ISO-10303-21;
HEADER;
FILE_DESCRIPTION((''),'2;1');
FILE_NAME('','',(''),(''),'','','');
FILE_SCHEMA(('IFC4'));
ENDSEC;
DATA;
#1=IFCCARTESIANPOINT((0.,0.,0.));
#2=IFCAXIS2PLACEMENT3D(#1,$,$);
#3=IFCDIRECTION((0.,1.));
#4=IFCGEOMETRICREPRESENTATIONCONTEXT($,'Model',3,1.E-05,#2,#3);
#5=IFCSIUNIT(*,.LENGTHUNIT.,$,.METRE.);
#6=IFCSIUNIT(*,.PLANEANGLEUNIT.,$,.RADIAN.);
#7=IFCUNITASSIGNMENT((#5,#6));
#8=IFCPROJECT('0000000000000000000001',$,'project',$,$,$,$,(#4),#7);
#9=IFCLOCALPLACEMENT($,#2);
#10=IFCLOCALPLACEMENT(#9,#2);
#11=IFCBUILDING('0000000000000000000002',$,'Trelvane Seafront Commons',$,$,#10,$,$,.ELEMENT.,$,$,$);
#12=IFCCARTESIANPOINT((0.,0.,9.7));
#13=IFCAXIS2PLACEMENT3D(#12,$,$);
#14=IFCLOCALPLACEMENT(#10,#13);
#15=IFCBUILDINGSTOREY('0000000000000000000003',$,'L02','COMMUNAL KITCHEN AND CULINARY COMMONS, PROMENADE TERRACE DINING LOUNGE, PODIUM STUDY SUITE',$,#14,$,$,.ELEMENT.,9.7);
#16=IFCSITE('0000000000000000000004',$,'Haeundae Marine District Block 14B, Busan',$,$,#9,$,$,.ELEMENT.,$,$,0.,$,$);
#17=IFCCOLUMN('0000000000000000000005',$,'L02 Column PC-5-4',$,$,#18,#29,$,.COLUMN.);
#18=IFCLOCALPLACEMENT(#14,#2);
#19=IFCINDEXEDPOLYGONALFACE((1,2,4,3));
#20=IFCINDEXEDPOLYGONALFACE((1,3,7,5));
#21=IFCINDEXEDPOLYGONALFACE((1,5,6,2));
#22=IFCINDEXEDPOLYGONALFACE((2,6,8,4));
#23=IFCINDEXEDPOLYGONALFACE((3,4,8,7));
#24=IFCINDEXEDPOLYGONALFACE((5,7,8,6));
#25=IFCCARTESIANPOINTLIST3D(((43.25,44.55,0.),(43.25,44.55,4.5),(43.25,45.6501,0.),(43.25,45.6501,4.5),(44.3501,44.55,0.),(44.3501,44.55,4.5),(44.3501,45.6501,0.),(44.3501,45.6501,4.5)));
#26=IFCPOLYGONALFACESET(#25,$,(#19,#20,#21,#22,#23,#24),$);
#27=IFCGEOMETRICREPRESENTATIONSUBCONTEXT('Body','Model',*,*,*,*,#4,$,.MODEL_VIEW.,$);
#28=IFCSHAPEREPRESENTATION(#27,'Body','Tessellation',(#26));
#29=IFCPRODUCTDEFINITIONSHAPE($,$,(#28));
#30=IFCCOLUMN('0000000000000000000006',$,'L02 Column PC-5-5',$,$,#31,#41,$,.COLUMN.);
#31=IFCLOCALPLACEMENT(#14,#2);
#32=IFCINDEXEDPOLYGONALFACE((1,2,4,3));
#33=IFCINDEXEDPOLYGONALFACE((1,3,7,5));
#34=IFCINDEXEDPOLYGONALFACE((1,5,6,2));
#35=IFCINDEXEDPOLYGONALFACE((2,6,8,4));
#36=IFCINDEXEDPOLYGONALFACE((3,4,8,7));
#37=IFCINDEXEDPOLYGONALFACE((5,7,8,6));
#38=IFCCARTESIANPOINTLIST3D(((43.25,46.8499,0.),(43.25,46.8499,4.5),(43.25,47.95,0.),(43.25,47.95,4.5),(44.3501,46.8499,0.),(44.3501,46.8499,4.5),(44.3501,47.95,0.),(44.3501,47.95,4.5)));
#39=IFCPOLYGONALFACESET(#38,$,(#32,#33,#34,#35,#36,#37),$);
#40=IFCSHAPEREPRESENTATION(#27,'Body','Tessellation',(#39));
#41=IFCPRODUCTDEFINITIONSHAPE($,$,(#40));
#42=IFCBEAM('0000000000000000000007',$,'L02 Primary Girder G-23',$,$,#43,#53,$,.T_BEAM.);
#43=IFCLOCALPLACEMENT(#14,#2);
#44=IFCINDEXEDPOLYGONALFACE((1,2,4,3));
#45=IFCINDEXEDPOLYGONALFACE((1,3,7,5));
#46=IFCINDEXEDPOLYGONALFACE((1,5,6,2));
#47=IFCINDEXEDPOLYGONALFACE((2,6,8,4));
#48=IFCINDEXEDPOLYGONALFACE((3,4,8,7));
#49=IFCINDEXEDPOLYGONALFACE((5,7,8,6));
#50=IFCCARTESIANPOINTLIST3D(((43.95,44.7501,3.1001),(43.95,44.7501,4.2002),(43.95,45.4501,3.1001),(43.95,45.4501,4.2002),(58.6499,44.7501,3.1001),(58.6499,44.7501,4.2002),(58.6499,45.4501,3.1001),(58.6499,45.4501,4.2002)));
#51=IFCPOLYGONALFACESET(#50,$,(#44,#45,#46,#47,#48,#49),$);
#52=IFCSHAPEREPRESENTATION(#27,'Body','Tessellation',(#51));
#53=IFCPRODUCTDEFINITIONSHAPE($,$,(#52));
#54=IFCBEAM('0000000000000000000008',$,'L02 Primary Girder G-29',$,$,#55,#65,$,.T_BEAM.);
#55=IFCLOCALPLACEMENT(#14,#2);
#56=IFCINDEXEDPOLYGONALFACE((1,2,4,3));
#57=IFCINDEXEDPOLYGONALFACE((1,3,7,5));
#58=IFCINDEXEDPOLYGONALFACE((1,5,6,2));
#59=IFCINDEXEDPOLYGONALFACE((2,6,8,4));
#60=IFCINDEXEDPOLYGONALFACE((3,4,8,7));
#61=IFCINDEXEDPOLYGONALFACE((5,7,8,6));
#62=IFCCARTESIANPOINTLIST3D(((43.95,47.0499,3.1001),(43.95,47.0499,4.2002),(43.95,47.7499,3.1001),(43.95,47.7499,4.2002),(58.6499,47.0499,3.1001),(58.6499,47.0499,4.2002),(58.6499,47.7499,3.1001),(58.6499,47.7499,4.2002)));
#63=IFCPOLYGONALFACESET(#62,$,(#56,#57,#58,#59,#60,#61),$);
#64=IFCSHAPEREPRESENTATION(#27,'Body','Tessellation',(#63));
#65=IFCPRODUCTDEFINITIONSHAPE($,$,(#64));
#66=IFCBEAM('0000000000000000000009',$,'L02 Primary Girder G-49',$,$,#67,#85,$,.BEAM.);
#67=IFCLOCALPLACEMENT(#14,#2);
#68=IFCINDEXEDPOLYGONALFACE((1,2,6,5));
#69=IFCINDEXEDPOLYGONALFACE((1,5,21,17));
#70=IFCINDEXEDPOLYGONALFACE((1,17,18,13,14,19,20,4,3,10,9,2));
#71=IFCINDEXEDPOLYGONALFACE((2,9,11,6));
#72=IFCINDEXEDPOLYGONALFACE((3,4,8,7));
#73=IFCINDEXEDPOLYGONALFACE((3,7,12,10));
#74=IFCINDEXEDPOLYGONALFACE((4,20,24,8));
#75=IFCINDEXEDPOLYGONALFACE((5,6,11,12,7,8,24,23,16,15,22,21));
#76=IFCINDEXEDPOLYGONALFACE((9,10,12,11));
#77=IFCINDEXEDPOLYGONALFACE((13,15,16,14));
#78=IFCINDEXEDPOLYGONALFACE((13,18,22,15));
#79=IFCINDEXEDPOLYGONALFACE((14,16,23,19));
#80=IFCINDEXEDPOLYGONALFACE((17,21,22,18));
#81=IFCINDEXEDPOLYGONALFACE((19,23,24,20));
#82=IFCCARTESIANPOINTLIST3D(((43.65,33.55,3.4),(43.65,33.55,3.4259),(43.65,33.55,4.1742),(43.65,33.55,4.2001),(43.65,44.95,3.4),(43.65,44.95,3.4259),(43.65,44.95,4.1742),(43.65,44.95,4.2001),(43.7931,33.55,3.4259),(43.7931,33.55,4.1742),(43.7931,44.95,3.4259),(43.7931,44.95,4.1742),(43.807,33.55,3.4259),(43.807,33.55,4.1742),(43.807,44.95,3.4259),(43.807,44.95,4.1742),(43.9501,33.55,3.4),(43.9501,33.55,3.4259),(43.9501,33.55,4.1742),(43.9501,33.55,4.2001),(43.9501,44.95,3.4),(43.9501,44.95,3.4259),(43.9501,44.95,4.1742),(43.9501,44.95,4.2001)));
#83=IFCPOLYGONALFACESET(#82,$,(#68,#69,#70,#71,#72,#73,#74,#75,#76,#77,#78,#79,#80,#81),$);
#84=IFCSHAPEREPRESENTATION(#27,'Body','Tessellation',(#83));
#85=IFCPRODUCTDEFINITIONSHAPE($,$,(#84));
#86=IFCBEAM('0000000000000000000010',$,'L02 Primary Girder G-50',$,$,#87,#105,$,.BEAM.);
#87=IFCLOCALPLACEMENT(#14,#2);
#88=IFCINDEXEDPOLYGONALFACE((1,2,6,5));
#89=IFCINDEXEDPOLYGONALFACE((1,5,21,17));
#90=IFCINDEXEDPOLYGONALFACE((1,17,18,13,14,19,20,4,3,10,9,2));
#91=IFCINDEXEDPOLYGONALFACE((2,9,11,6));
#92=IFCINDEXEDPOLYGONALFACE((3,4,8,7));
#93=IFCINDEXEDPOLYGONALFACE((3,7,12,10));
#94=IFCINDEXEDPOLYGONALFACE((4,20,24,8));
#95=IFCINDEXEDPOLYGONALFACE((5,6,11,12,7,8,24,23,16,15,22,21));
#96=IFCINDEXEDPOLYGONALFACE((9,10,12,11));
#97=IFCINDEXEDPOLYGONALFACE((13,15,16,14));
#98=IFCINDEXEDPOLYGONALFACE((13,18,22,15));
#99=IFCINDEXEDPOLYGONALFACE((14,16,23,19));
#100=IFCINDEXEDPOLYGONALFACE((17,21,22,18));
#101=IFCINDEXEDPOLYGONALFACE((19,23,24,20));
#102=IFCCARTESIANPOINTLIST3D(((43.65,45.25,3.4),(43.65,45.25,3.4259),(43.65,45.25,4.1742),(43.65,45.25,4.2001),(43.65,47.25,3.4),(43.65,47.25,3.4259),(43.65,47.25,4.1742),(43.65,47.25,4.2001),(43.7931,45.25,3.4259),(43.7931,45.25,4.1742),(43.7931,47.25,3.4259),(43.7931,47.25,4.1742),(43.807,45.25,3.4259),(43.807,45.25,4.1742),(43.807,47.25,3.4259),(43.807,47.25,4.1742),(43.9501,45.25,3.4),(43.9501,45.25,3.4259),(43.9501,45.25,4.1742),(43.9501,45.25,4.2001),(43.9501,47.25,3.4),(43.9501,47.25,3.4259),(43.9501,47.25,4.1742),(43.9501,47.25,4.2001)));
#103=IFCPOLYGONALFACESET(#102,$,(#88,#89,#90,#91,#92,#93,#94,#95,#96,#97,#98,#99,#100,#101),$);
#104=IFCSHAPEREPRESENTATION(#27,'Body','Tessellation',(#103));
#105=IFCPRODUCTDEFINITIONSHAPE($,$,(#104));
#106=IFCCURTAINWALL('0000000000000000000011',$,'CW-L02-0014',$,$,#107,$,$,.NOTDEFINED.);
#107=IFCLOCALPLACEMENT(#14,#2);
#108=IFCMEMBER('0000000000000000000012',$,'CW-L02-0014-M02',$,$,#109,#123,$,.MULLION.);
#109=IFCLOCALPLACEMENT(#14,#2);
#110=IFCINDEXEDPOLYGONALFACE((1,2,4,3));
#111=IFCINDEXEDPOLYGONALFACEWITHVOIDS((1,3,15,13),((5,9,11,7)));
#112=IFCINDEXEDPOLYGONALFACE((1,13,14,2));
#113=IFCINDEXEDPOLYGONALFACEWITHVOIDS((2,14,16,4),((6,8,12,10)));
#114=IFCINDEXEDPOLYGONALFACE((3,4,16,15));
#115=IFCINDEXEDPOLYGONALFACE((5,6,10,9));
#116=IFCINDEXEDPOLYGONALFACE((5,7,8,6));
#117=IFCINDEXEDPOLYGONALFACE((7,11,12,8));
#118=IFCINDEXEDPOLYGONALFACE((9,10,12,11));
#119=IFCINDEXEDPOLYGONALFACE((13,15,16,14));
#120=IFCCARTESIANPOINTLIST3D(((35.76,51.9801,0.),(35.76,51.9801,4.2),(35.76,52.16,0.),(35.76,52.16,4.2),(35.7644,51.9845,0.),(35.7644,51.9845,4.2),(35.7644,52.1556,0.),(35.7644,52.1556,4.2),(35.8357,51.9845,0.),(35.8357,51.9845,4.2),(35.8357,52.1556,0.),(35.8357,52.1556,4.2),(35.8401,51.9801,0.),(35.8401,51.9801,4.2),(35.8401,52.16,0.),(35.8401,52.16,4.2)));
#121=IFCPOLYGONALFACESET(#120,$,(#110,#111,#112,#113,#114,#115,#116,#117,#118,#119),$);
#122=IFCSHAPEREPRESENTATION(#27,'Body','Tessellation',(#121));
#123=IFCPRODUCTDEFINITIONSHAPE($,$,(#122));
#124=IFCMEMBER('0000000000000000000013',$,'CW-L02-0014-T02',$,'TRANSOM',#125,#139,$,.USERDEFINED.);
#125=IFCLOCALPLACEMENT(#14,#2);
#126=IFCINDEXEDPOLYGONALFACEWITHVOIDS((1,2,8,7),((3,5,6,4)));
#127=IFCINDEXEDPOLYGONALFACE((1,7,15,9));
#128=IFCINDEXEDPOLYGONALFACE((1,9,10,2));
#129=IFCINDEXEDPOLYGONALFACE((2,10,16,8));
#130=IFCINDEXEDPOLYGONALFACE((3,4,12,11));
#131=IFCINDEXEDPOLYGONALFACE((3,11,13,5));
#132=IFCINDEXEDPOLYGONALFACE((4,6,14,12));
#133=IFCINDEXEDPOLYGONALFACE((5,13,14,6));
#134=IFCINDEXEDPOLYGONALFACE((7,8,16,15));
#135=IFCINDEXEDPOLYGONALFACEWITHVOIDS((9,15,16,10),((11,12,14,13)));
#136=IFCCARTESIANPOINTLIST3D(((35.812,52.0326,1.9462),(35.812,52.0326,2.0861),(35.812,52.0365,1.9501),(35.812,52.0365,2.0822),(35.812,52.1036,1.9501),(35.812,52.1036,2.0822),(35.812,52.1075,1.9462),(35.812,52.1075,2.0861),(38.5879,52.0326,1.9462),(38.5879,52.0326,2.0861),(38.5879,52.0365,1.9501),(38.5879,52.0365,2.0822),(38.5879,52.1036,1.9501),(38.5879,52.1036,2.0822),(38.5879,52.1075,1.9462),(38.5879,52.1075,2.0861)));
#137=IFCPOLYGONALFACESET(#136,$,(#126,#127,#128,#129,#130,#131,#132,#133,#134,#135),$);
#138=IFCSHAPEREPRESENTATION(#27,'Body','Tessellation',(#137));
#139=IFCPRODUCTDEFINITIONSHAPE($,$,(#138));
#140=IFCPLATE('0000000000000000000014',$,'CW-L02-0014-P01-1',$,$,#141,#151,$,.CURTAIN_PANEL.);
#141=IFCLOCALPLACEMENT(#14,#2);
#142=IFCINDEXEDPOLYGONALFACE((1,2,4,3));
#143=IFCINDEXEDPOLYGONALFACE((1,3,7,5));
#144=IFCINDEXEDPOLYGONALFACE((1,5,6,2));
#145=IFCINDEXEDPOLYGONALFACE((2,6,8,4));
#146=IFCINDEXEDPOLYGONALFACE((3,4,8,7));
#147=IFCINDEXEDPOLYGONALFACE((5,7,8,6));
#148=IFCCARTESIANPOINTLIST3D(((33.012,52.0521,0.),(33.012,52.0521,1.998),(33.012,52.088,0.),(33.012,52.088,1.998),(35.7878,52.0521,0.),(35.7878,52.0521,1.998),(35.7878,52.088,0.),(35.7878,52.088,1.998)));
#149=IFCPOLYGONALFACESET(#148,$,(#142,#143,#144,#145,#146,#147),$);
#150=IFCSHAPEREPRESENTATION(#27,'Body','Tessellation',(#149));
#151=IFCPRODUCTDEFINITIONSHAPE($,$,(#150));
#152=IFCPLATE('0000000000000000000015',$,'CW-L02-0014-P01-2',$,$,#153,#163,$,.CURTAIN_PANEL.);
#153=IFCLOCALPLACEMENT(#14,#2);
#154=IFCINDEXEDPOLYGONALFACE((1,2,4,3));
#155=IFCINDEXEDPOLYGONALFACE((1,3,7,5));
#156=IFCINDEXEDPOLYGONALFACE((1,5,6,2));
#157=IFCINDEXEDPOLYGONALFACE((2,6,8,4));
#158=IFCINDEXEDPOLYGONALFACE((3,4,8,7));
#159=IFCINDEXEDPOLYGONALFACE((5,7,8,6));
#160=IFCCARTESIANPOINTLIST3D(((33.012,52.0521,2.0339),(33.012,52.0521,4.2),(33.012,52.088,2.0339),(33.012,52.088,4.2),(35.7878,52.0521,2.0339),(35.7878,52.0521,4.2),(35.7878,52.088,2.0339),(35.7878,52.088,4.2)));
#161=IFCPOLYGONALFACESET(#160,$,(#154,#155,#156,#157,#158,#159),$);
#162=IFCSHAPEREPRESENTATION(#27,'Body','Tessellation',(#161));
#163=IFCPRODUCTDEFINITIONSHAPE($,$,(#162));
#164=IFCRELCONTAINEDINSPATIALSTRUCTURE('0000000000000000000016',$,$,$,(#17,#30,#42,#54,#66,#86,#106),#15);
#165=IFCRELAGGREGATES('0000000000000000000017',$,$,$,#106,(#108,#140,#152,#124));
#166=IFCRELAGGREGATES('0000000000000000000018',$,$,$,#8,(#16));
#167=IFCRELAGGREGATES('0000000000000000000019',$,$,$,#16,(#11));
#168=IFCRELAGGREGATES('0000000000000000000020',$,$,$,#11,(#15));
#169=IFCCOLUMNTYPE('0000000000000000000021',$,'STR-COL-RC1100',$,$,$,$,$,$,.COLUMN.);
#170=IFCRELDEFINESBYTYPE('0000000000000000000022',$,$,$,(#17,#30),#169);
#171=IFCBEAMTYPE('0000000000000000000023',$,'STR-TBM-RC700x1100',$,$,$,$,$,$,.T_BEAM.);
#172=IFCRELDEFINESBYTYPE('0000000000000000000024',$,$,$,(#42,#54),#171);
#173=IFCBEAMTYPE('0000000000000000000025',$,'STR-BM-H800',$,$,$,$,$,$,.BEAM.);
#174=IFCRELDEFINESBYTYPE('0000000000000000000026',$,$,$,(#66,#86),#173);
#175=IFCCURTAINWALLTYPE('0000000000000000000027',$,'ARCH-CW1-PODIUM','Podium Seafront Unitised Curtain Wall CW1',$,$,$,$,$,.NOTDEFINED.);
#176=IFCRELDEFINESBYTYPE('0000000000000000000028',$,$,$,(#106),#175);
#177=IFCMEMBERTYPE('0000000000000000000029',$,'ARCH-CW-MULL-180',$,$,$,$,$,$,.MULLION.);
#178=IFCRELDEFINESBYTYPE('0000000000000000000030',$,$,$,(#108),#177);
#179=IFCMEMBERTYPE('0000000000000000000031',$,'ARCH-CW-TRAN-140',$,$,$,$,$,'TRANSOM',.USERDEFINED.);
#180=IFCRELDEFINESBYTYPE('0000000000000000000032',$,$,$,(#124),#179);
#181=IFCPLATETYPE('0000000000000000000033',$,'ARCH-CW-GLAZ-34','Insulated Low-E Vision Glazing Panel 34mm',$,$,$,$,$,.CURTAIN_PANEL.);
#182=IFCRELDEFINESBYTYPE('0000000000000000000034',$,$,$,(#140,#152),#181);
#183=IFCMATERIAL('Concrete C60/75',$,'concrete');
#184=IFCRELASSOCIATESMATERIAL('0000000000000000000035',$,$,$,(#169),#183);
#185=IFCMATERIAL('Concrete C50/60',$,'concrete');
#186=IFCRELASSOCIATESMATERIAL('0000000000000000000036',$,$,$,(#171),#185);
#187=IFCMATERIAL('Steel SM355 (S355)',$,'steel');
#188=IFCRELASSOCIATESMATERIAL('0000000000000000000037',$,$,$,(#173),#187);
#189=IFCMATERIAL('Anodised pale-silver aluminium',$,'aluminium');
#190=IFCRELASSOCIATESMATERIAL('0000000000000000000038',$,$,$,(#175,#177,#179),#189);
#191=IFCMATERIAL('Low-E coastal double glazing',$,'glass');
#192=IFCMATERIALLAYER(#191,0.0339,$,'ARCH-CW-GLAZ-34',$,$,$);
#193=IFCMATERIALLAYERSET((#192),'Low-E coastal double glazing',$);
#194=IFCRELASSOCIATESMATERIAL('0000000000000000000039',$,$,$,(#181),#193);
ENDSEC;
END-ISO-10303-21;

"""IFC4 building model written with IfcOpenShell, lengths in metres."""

from ifc_helpers import new_model, si_unit, direction, frame, origin, origin_2d, place, context, subcontext, project, spatial, rectangle, hollow_rectangle, i_section, extrude, source, transform, mapped, material, layer, layer_set, material_profile, profile_set, type_object, element, aggregate, save


model = new_model("IFC4")

# Units and contexts
model_context = context("Model", 3, precision=1e-05, world=origin(), true_north=direction((0.0, 1.0)))
body_context = subcontext(model_context, "Body", "Model", "MODEL_VIEW")
ifc_project = project(units=[si_unit("LENGTHUNIT", "METRE"), si_unit("PLANEANGLEUNIT", "RADIAN")], contexts=[model_context])

# Site, building, storey
site_placement = place(None, origin())
site = spatial("IfcSite", under=ifc_project, at=site_placement, Name="Haeundae Marine District Block 14B, Busan", CompositionType="ELEMENT", RefElevation=0.0)
building_placement = place(site_placement, origin())
building = spatial("IfcBuilding", under=site, at=building_placement, Name="Trelvane Seafront Commons", CompositionType="ELEMENT")
storey_placement = place(building_placement, frame((0.0, 0.0, 9.7)))
storey = spatial("IfcBuildingStorey", under=building, at=storey_placement, Name="L02", Description="COMMUNAL KITCHEN AND CULINARY COMMONS, PROMENADE TERRACE DINING LOUNGE, PODIUM STUDY SUITE", CompositionType="ELEMENT", Elevation=9.7)

# Columns
ifc_material_1 = material(Name="Concrete C60/75", Category="concrete")
ifc_material_profile_1 = material_profile(ifc_material_1, rectangle(XDim=1.1001, YDim=1.1001, at=origin_2d()), Name="RC-1100x1100")
ifc_profile_set_1 = profile_set([ifc_material_profile_1], Name="Concrete C60/75")
column_type = type_object("IfcColumnType", Name="STR-COL-RC1100", PredefinedType="COLUMN", material=ifc_profile_set_1)
shared_shape_1 = source(origin(), body_context, "Body", "SweptSolid", [
    extrude(rectangle(XDim=1.1001, YDim=1.1001, at=origin_2d()), origin(), (0.0, 0.0, 1.0), 4.5),
])
for number, where, z_axis, x_axis, name in (
    (1, (43.8, 45.1001, 0.0), (0.0, 0.0, 1.0), (1.0, 0.0, 0.0), "L02 Column PC-5-4"),
    (2, (43.8, 47.3999, 0.0), (0.0, 0.0, 1.0), (1.0, 0.0, 0.0), "L02 Column PC-5-5"),
):
    element("IfcColumn", number, at=place(storey_placement, frame(where, z_axis=z_axis, x_axis=x_axis)), inside=storey, type_object=column_type, Name=name, PredefinedType="COLUMN", context=body_context, shape_type="MappedRepresentation", body=[
        mapped(shared_shape_1, transform((0.0, 0.0, 0.0), x_axis=(1.0, 0.0, 0.0), y_axis=(0.0, 1.0, 0.0), z_axis=(0.0, 0.0, 1.0), scale=1.0)),
    ])

# Beams
ifc_material_2 = material(Name="Concrete C50/60", Category="concrete")
ifc_material_profile_2 = material_profile(ifc_material_2, rectangle(XDim=0.7, YDim=1.1001, at=origin_2d()), Name="RC-700x1100")
ifc_profile_set_2 = profile_set([ifc_material_profile_2], Name="Concrete C50/60")
beam_type_1 = type_object("IfcBeamType", Name="STR-TBM-RC700x1100", PredefinedType="T_BEAM", material=ifc_profile_set_2)
shared_shape_2 = source(origin(), body_context, "Body", "SweptSolid", [
    extrude(rectangle(XDim=0.7, YDim=1.1001, at=origin_2d()), origin(), (0.0, 0.0, 1.0), 14.7),
])
for number, where, z_axis, x_axis, name in (
    (3, (43.95, 45.1001, 3.6501), (1.0, 0.0, 0.0), (0.0, 1.0, 0.0), "L02 Primary Girder G-23"),
    (4, (43.95, 47.3999, 3.6501), (1.0, 0.0, 0.0), (0.0, 1.0, 0.0), "L02 Primary Girder G-29"),
):
    element("IfcBeam", number, at=place(storey_placement, frame(where, z_axis=z_axis, x_axis=x_axis)), inside=storey, type_object=beam_type_1, Name=name, PredefinedType="T_BEAM", context=body_context, shape_type="MappedRepresentation", body=[
        mapped(shared_shape_2, transform((0.0, 0.0, 0.0), x_axis=(1.0, 0.0, 0.0), y_axis=(0.0, 1.0, 0.0), z_axis=(0.0, 0.0, 1.0), scale=1.0)),
    ])
ifc_material_3 = material(Name="Steel SM355 (S355)", Category="steel")
ifc_material_profile_3 = material_profile(ifc_material_3, i_section(OverallWidth=0.3, OverallDepth=0.8, WebThickness=0.0139, FlangeThickness=0.0259, at=origin_2d()), Name="H-800x300x14x26")
ifc_profile_set_3 = profile_set([ifc_material_profile_3], Name="Steel SM355 (S355)")
beam_type_2 = type_object("IfcBeamType", Name="STR-BM-H800", PredefinedType="BEAM", material=ifc_profile_set_3)
shared_shape_3 = source(origin(), body_context, "Body", "SweptSolid", [
    extrude(i_section(OverallWidth=0.3, OverallDepth=0.8, WebThickness=0.0139, FlangeThickness=0.0259, at=origin_2d()), origin(), (0.0, 0.0, 1.0), 11.3999),
])
beam_1_placement = place(storey_placement, frame((43.8, 33.55, 3.8), z_axis=(0.0, 1.0, 0.0), x_axis=(-1.0, 0.0, 0.0)))
element("IfcBeam", 5, at=beam_1_placement, inside=storey, type_object=beam_type_2, Name="L02 Primary Girder G-49", PredefinedType="BEAM", context=body_context, shape_type="MappedRepresentation", body=[
    mapped(shared_shape_3, transform((0.0, 0.0, 0.0), x_axis=(1.0, 0.0, 0.0), y_axis=(0.0, 1.0, 0.0), z_axis=(0.0, 0.0, 1.0), scale=1.0)),
])
shared_shape_4 = source(origin(), body_context, "Body", "SweptSolid", [
    extrude(i_section(OverallWidth=0.3, OverallDepth=0.8, WebThickness=0.0139, FlangeThickness=0.0259, at=origin_2d()), origin(), (0.0, 0.0, 1.0), 2.0),
])
beam_2_placement = place(storey_placement, frame((43.8, 45.25, 3.8), z_axis=(0.0, 1.0, 0.0), x_axis=(-1.0, 0.0, 0.0)))
element("IfcBeam", 6, at=beam_2_placement, inside=storey, type_object=beam_type_2, Name="L02 Primary Girder G-50", PredefinedType="BEAM", context=body_context, shape_type="MappedRepresentation", body=[
    mapped(shared_shape_4, transform((0.0, 0.0, 0.0), x_axis=(1.0, 0.0, 0.0), y_axis=(0.0, 1.0, 0.0), z_axis=(0.0, 0.0, 1.0), scale=1.0)),
])

# Curtain wall, members, plates
ifc_material_4 = material(Name="Anodised pale-silver aluminium", Category="aluminium")
curtain_wall_type = type_object("IfcCurtainWallType", Name="ARCH-CW1-PODIUM", Description="Podium Seafront Unitised Curtain Wall CW1", PredefinedType="NOTDEFINED", material=ifc_material_4)
curtain_wall_placement = place(storey_placement, origin())
curtain_wall = element("IfcCurtainWall", 7, at=curtain_wall_placement, inside=storey, type_object=curtain_wall_type, Name="CW-L02-0014", PredefinedType="NOTDEFINED")
ifc_material_profile_4 = material_profile(ifc_material_4, hollow_rectangle(XDim=0.0801, YDim=0.1799, WallThickness=0.0044, at=origin_2d()), Name="MULL-80x180x4.5")
ifc_profile_set_4 = profile_set([ifc_material_profile_4], Name="Anodised pale-silver aluminium")
member_type_1 = type_object("IfcMemberType", Name="ARCH-CW-MULL-180", PredefinedType="MULLION", material=ifc_profile_set_4)
shared_shape_5 = source(origin(), body_context, "Body", "SweptSolid", [
    extrude(hollow_rectangle(XDim=0.0801, YDim=0.1799, WallThickness=0.0044, at=origin_2d()), origin(), (0.0, 0.0, 1.0), 4.2),
])
member_1_placement = place(storey_placement, frame((35.8, 52.0701, 0.0), z_axis=(0.0, 0.0, 1.0), x_axis=(1.0, 0.0, 0.0)))
member_1 = element("IfcMember", 8, at=member_1_placement, type_object=member_type_1, Name="CW-L02-0014-M02", PredefinedType="MULLION", context=body_context, shape_type="MappedRepresentation", body=[
    mapped(shared_shape_5, transform((0.0, 0.0, 0.0), x_axis=(1.0, 0.0, 0.0), y_axis=(0.0, 1.0, 0.0), z_axis=(0.0, 0.0, 1.0), scale=1.0)),
])
ifc_material_profile_5 = material_profile(ifc_material_4, hollow_rectangle(XDim=0.075, YDim=0.1399, WallThickness=0.0039, at=origin_2d()), Name="TRAN-75x140x4")
ifc_profile_set_5 = profile_set([ifc_material_profile_5], Name="Anodised pale-silver aluminium")
member_type_2 = type_object("IfcMemberType", Name="ARCH-CW-TRAN-140", ElementType="TRANSOM", PredefinedType="USERDEFINED", material=ifc_profile_set_5)
shared_shape_6 = source(origin(), body_context, "Body", "SweptSolid", [
    extrude(hollow_rectangle(XDim=0.075, YDim=0.1399, WallThickness=0.0039, at=origin_2d()), origin(), (0.0, 0.0, 1.0), 2.7759),
])
member_2_placement = place(storey_placement, frame((35.812, 52.0701, 2.0161), z_axis=(1.0, 0.0, 0.0), x_axis=(0.0, 1.0, 0.0)))
member_2 = element("IfcMember", 9, at=member_2_placement, type_object=member_type_2, Name="CW-L02-0014-T02", ObjectType="TRANSOM", PredefinedType="USERDEFINED", context=body_context, shape_type="MappedRepresentation", body=[
    mapped(shared_shape_6, transform((0.0, 0.0, 0.0), x_axis=(1.0, 0.0, 0.0), y_axis=(0.0, 1.0, 0.0), z_axis=(0.0, 0.0, 1.0), scale=1.0)),
])
ifc_material_5 = material(Name="Low-E coastal double glazing", Category="glass")
ifc_layer_1 = layer(ifc_material_5, 0.0339, Name="ARCH-CW-GLAZ-34")
ifc_layer_set_1 = layer_set([ifc_layer_1], Name="Low-E coastal double glazing")
plate_type = type_object("IfcPlateType", Name="ARCH-CW-GLAZ-34", Description="Insulated Low-E Vision Glazing Panel 34mm", PredefinedType="CURTAIN_PANEL", material=ifc_layer_set_1)
shared_shape_7 = source(origin(), body_context, "Body", "SweptSolid", [
    extrude(rectangle(XDim=2.7759, YDim=0.0359, at=origin_2d()), origin(), (0.0, 0.0, 1.0), 1.998),
])
plate_1_placement = place(storey_placement, frame((34.3999, 52.0701, 0.0), z_axis=(0.0, 0.0, 1.0), x_axis=(1.0, 0.0, 0.0)))
plate_1 = element("IfcPlate", 10, at=plate_1_placement, type_object=plate_type, Name="CW-L02-0014-P01-1", PredefinedType="CURTAIN_PANEL", context=body_context, shape_type="MappedRepresentation", body=[
    mapped(shared_shape_7, transform((0.0, 0.0, 0.0), x_axis=(1.0, 0.0, 0.0), y_axis=(0.0, 1.0, 0.0), z_axis=(0.0, 0.0, 1.0), scale=1.0)),
])
shared_shape_8 = source(origin(), body_context, "Body", "SweptSolid", [
    extrude(rectangle(XDim=2.7759, YDim=0.0359, at=origin_2d()), origin(), (0.0, 0.0, 1.0), 2.166),
])
plate_2_placement = place(storey_placement, frame((34.3999, 52.0701, 2.0339), z_axis=(0.0, 0.0, 1.0), x_axis=(1.0, 0.0, 0.0)))
plate_2 = element("IfcPlate", 11, at=plate_2_placement, type_object=plate_type, Name="CW-L02-0014-P01-2", PredefinedType="CURTAIN_PANEL", context=body_context, shape_type="MappedRepresentation", body=[
    mapped(shared_shape_8, transform((0.0, 0.0, 0.0), x_axis=(1.0, 0.0, 0.0), y_axis=(0.0, 1.0, 0.0), z_axis=(0.0, 0.0, 1.0), scale=1.0)),
])
aggregate(curtain_wall, [member_1, plate_1, plate_2, member_2])

save(model, "model.ifc")
